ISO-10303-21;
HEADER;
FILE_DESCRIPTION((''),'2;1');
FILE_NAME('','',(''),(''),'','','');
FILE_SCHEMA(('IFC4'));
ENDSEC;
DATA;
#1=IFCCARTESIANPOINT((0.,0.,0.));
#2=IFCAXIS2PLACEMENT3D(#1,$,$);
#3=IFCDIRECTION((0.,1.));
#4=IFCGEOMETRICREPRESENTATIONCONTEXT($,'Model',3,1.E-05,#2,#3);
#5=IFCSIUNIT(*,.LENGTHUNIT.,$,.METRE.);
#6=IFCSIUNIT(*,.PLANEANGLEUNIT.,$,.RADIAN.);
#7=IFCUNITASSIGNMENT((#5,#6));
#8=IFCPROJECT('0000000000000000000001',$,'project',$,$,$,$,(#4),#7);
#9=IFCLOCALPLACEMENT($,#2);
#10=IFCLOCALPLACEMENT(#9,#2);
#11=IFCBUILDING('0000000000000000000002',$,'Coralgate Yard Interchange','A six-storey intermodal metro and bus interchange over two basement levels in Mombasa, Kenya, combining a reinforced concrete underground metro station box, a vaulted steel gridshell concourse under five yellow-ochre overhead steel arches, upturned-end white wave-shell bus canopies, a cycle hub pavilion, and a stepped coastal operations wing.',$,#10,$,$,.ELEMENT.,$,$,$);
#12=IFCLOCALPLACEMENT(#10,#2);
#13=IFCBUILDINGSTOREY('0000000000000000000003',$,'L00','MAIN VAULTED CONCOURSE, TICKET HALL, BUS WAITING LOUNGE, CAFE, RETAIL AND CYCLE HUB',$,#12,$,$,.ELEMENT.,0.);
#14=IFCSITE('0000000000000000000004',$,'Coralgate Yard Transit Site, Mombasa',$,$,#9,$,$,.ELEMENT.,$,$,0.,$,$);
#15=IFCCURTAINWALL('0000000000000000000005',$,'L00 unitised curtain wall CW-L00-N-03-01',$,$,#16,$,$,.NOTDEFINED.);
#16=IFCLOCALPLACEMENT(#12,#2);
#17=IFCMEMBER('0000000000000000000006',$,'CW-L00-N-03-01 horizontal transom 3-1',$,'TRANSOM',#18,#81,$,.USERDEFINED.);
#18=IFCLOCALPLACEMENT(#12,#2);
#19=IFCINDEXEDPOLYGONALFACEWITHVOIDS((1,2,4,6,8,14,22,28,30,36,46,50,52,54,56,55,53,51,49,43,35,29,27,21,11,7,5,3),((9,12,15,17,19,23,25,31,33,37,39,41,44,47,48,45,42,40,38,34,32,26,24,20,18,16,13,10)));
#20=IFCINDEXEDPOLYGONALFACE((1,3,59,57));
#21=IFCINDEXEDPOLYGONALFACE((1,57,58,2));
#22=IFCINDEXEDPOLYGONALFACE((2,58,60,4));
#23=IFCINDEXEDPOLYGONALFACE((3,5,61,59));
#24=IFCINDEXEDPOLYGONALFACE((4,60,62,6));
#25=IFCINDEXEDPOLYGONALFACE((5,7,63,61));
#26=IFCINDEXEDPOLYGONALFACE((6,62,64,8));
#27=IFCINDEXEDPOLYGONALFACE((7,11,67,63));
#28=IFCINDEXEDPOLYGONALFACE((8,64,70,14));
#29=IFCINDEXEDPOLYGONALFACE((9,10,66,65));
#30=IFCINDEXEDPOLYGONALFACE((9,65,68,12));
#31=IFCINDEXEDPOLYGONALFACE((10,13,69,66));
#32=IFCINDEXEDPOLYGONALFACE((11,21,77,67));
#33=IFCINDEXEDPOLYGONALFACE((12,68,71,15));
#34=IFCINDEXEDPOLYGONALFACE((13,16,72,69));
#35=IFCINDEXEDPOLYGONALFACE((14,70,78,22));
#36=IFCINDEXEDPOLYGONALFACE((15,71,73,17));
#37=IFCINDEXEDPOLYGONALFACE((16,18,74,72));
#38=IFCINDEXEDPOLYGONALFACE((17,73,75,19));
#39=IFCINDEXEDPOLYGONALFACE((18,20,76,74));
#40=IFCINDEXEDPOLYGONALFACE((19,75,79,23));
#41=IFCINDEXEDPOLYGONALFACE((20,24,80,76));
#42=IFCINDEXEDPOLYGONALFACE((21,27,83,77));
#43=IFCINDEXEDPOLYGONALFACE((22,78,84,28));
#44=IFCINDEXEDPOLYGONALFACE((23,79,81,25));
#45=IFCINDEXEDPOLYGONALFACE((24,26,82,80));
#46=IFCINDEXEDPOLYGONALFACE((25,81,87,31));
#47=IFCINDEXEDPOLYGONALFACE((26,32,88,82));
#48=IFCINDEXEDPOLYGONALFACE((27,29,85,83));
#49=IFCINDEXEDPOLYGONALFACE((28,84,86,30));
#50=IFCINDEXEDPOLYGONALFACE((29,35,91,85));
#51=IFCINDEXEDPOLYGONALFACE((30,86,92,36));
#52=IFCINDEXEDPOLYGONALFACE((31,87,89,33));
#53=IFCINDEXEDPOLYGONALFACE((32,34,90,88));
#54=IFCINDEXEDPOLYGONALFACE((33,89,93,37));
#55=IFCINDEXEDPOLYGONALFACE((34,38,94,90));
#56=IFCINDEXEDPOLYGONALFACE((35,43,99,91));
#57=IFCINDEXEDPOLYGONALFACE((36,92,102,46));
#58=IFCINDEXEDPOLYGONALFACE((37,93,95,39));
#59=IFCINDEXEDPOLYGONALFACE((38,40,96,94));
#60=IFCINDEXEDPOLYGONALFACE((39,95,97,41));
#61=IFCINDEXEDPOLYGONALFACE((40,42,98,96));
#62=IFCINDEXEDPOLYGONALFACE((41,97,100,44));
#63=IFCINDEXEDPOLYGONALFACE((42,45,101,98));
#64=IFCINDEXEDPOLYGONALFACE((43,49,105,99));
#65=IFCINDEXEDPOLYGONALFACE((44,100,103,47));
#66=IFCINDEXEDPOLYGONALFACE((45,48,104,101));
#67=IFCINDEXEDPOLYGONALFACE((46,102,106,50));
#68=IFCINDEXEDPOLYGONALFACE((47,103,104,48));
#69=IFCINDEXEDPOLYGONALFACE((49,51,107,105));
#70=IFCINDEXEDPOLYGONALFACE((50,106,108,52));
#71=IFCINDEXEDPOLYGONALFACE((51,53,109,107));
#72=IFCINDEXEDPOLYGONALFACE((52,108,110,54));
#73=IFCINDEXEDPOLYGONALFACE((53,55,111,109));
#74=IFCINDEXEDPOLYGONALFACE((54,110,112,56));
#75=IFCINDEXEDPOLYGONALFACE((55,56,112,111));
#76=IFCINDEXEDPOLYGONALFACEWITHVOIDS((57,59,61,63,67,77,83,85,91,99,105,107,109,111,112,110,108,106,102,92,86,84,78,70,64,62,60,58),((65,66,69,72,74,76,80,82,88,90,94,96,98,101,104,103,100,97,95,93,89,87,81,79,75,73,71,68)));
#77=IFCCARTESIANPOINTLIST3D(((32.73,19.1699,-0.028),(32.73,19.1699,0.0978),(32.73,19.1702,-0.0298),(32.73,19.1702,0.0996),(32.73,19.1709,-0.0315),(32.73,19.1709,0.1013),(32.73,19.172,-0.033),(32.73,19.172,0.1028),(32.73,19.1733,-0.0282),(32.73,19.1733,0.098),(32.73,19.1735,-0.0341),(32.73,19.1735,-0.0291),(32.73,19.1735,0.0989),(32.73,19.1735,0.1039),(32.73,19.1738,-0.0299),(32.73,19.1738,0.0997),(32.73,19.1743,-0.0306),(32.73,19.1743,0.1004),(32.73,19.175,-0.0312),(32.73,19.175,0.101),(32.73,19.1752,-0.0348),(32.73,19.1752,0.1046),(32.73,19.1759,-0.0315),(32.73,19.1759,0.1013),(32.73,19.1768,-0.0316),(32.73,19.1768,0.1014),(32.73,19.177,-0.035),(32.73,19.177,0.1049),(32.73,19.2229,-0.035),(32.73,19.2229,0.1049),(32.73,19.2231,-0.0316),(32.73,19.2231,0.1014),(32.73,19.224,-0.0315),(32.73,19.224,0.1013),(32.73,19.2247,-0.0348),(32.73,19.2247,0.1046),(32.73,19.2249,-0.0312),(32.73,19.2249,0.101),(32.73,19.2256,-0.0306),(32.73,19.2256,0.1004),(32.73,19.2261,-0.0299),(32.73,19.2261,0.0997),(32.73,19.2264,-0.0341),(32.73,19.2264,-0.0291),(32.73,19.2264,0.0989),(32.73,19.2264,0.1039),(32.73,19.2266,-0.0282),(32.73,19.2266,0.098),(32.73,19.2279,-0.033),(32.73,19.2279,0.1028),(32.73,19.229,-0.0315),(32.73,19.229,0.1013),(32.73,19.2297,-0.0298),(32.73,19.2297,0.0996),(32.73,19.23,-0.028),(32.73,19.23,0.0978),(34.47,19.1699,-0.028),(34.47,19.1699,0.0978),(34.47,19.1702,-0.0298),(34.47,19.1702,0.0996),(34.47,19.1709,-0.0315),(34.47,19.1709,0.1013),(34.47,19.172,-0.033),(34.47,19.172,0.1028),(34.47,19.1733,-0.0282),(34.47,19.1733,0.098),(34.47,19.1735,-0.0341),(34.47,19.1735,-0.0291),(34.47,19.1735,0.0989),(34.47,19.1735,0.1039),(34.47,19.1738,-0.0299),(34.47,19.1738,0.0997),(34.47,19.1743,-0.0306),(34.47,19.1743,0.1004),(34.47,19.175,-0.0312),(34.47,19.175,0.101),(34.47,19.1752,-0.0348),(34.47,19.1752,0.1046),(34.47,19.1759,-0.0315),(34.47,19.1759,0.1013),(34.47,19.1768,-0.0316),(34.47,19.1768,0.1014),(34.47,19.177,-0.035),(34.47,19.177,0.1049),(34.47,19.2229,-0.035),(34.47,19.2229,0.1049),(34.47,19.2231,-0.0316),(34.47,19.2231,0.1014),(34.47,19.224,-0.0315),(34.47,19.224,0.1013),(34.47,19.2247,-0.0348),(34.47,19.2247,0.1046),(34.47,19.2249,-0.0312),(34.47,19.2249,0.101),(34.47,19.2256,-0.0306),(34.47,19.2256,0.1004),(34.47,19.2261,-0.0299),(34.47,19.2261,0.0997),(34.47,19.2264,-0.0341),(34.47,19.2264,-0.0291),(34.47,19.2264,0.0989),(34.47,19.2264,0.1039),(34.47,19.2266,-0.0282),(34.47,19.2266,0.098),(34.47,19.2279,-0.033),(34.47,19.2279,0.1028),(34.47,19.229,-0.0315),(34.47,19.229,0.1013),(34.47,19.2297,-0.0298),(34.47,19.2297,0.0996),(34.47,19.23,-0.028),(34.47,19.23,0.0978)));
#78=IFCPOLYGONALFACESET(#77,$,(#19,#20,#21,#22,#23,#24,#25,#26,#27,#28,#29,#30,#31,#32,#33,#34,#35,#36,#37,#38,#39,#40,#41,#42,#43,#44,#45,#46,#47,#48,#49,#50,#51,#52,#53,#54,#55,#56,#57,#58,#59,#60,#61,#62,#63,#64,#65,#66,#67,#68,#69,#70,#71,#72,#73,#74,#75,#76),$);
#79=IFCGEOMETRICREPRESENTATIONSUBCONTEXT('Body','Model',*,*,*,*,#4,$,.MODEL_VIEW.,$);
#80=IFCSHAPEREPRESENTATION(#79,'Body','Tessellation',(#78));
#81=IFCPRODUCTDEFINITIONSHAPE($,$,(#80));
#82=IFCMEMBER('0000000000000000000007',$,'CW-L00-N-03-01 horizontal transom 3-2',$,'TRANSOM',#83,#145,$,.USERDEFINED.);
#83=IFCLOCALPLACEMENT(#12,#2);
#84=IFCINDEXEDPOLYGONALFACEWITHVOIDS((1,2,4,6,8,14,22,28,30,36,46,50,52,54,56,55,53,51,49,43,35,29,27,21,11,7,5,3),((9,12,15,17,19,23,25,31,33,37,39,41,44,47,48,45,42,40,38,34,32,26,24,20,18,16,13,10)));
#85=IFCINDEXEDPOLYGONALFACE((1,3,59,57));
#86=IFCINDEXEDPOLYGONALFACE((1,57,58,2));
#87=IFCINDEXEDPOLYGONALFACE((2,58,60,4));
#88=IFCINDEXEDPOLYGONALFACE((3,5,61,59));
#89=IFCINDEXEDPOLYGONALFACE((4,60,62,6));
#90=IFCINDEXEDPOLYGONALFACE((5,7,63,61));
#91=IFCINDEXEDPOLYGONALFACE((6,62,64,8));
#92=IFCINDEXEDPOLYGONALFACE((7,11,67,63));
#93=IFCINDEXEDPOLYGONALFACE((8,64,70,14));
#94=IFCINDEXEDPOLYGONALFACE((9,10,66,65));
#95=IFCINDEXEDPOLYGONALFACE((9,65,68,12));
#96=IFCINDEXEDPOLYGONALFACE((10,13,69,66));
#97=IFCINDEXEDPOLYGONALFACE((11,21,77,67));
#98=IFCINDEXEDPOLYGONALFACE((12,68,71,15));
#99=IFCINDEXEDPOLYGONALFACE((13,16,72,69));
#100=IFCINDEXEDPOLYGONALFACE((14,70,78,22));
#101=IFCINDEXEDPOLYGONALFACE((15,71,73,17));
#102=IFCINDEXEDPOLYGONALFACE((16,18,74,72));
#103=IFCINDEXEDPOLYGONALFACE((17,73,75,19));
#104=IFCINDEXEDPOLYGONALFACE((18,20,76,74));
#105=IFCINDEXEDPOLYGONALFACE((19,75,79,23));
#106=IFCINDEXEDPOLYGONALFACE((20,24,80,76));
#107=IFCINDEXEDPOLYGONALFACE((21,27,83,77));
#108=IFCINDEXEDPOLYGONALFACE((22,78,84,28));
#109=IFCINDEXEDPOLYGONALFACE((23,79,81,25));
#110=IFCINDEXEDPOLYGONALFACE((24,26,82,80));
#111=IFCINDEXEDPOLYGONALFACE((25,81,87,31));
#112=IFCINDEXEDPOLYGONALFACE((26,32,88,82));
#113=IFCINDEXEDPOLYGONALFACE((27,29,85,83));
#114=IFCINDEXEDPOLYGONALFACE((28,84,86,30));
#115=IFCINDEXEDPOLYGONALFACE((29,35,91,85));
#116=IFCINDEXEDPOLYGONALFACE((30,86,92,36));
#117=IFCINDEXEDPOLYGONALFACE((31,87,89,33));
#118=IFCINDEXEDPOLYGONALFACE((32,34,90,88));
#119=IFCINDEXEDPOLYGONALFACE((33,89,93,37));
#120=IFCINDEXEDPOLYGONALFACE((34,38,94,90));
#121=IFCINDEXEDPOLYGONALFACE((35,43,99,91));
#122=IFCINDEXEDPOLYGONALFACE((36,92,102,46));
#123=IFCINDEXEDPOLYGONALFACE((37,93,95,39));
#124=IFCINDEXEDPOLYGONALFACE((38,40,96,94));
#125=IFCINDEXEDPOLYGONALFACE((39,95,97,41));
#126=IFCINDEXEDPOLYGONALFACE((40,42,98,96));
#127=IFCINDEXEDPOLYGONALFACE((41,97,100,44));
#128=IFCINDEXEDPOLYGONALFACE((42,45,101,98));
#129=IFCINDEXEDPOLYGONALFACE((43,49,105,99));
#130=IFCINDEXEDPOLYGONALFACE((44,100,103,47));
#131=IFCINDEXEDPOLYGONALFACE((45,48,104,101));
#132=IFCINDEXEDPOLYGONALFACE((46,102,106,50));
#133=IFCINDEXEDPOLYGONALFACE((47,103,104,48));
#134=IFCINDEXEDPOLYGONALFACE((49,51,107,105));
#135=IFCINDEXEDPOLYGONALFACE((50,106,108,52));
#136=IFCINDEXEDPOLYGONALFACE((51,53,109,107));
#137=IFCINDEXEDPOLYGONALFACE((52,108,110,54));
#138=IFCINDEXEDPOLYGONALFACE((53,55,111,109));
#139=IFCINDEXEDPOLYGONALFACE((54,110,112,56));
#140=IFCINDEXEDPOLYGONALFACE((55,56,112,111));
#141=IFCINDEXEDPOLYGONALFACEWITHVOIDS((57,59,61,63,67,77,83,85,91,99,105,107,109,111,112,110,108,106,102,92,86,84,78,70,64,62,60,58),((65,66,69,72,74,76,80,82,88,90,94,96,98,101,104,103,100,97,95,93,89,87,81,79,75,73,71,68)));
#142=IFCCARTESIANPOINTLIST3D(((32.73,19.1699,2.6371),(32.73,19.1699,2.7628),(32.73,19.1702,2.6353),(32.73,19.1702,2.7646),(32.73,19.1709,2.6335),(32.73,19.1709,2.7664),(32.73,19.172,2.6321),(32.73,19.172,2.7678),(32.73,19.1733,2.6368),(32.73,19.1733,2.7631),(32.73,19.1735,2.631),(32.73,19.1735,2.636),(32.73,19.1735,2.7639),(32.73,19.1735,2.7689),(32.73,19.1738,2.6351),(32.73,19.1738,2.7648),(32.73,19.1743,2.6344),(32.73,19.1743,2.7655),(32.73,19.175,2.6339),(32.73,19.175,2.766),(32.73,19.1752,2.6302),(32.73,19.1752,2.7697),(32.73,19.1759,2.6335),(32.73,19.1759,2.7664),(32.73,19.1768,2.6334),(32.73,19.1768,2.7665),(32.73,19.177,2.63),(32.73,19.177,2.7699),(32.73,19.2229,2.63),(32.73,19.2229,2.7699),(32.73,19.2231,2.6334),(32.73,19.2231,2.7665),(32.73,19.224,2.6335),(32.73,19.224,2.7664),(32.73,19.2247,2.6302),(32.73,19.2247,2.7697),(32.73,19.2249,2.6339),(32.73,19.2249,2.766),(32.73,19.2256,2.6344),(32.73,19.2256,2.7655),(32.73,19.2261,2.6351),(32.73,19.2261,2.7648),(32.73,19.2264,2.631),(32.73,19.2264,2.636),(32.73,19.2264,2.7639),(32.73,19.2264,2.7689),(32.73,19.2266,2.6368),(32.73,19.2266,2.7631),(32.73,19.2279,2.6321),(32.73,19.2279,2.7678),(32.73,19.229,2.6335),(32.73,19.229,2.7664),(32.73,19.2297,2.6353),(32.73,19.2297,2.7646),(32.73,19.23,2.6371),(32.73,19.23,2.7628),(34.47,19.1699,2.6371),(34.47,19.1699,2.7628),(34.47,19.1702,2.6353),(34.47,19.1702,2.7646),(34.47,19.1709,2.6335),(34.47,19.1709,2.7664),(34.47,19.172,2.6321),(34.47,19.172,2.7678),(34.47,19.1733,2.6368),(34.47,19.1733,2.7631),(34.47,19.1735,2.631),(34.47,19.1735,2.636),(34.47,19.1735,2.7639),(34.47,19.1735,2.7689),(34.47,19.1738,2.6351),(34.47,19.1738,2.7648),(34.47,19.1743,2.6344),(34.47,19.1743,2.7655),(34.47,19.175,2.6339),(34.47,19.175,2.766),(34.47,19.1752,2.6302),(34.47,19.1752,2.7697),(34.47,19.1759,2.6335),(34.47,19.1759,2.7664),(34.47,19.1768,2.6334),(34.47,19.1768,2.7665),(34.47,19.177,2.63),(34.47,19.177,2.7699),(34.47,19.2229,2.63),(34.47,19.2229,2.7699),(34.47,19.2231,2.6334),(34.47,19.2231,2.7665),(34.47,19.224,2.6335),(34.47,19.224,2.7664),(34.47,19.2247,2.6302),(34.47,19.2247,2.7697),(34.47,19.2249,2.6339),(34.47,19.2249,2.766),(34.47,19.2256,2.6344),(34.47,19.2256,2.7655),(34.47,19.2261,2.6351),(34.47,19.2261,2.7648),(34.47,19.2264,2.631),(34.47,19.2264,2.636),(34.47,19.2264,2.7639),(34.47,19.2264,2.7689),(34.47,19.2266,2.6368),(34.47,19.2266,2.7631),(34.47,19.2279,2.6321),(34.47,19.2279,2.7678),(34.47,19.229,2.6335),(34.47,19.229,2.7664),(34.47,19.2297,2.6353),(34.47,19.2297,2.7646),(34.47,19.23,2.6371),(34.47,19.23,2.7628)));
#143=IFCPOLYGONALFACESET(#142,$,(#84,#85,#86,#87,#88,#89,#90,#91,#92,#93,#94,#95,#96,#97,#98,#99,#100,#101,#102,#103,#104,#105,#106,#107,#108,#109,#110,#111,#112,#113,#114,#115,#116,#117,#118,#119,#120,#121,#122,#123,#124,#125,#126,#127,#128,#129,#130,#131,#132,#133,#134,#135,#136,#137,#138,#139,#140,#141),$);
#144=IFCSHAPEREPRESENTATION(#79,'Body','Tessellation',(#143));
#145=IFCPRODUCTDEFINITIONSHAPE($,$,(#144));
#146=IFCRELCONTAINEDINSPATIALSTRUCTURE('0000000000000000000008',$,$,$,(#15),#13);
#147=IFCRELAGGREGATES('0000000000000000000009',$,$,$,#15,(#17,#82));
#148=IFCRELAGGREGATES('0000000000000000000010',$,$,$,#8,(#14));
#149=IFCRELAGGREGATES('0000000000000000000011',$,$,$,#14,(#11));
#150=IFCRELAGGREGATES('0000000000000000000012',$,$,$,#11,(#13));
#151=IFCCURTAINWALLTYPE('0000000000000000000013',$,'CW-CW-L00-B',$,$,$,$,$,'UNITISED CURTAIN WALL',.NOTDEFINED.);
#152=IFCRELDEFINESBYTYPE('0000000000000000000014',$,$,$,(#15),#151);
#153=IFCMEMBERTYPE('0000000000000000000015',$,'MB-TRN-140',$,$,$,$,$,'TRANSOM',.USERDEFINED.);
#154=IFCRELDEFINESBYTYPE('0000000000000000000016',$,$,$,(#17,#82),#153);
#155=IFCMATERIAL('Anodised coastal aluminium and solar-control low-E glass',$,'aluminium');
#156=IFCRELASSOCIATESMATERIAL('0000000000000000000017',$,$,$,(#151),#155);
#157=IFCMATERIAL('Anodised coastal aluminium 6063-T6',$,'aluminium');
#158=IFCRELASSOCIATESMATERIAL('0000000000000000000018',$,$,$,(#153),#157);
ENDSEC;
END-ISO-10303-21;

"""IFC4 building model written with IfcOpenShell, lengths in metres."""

from ifc_helpers import new_model, si_unit, direction, frame, origin, origin_2d, place, context, subcontext, project, spatial, hollow_rectangle, extrude, material, material_profile, profile_set, type_object, element, aggregate, save


model = new_model("IFC4")

# Units and contexts
model_context = context("Model", 3, precision=1e-05, world=origin(), true_north=direction((0.0, 1.0)))
body_context = subcontext(model_context, "Body", "Model", "MODEL_VIEW")
ifc_project = project(units=[si_unit("LENGTHUNIT", "METRE"), si_unit("PLANEANGLEUNIT", "RADIAN")], contexts=[model_context])

# Site, building, storey
site_placement = place(None, origin())
site = spatial("IfcSite", under=ifc_project, at=site_placement, Name="Coralgate Yard Transit Site, Mombasa", CompositionType="ELEMENT", RefElevation=0.0)
building_placement = place(site_placement, origin())
building = spatial("IfcBuilding", under=site, at=building_placement, Name="Coralgate Yard Interchange", Description="A six-storey intermodal metro and bus interchange over two basement levels in Mombasa, Kenya, combining a reinforced concrete underground metro station box, a vaulted steel gridshell concourse under five yellow-ochre overhead steel arches, upturned-end white wave-shell bus canopies, a cycle hub pavilion, and a stepped coastal operations wing.", CompositionType="ELEMENT")
storey_placement = place(building_placement, origin())
storey = spatial("IfcBuildingStorey", under=building, at=storey_placement, Name="L00", Description="MAIN VAULTED CONCOURSE, TICKET HALL, BUS WAITING LOUNGE, CAFE, RETAIL AND CYCLE HUB", CompositionType="ELEMENT", Elevation=0.0)

# Curtain wall, members
ifc_material_1 = material(Name="Anodised coastal aluminium and solar-control low-E glass", Category="aluminium")
curtain_wall_type = type_object("IfcCurtainWallType", Name="CW-CW-L00-B", ElementType="UNITISED CURTAIN WALL", PredefinedType="NOTDEFINED", material=ifc_material_1)
curtain_wall_placement = place(storey_placement, origin())
curtain_wall = element("IfcCurtainWall", 1, at=curtain_wall_placement, inside=storey, type_object=curtain_wall_type, Name="L00 unitised curtain wall CW-L00-N-03-01", PredefinedType="NOTDEFINED")
ifc_material_2 = material(Name="Anodised coastal aluminium 6063-T6", Category="aluminium")
ifc_material_profile_1 = material_profile(ifc_material_2, hollow_rectangle(XDim=0.0601, YDim=0.1399, WallThickness=0.0034, InnerFilletRadius=0.0034, OuterFilletRadius=0.0071, at=origin_2d()), Name="ALU 60x140x3.5")
ifc_profile_set_1 = profile_set([ifc_material_profile_1], Name="Anodised coastal aluminium 6063-T6")
member_type_1 = type_object("IfcMemberType", Name="MB-TRN-140", ElementType="TRANSOM", PredefinedType="USERDEFINED", material=ifc_profile_set_1)
member_1_placement = place(storey_placement, frame((32.73, 19.2, 0.0349), z_axis=(1.0, 0.0, 0.0), x_axis=(0.0, 1.0, 0.0)))
member_1 = element("IfcMember", 2, at=member_1_placement, type_object=member_type_1, Name="CW-L00-N-03-01 horizontal transom 3-1", ObjectType="TRANSOM", PredefinedType="USERDEFINED", context=body_context, shape_type="SweptSolid", body=[
    extrude(hollow_rectangle(XDim=0.0601, YDim=0.1399, WallThickness=0.0034, InnerFilletRadius=0.0034, OuterFilletRadius=0.0071, at=origin_2d()), origin(), (0.0, 0.0, 1.0), 1.74),
])
member_2_placement = place(storey_placement, frame((32.73, 19.2, 2.7), z_axis=(1.0, 0.0, 0.0), x_axis=(0.0, 1.0, 0.0)))
member_2 = element("IfcMember", 3, at=member_2_placement, type_object=member_type_1, Name="CW-L00-N-03-01 horizontal transom 3-2", ObjectType="TRANSOM", PredefinedType="USERDEFINED", context=body_context, shape_type="SweptSolid", body=[
    extrude(hollow_rectangle(XDim=0.0601, YDim=0.1399, WallThickness=0.0034, InnerFilletRadius=0.0034, OuterFilletRadius=0.0071, at=origin_2d()), origin(), (0.0, 0.0, 1.0), 1.74),
])
aggregate(curtain_wall, [member_1, member_2])

save(model, "model.ifc")
